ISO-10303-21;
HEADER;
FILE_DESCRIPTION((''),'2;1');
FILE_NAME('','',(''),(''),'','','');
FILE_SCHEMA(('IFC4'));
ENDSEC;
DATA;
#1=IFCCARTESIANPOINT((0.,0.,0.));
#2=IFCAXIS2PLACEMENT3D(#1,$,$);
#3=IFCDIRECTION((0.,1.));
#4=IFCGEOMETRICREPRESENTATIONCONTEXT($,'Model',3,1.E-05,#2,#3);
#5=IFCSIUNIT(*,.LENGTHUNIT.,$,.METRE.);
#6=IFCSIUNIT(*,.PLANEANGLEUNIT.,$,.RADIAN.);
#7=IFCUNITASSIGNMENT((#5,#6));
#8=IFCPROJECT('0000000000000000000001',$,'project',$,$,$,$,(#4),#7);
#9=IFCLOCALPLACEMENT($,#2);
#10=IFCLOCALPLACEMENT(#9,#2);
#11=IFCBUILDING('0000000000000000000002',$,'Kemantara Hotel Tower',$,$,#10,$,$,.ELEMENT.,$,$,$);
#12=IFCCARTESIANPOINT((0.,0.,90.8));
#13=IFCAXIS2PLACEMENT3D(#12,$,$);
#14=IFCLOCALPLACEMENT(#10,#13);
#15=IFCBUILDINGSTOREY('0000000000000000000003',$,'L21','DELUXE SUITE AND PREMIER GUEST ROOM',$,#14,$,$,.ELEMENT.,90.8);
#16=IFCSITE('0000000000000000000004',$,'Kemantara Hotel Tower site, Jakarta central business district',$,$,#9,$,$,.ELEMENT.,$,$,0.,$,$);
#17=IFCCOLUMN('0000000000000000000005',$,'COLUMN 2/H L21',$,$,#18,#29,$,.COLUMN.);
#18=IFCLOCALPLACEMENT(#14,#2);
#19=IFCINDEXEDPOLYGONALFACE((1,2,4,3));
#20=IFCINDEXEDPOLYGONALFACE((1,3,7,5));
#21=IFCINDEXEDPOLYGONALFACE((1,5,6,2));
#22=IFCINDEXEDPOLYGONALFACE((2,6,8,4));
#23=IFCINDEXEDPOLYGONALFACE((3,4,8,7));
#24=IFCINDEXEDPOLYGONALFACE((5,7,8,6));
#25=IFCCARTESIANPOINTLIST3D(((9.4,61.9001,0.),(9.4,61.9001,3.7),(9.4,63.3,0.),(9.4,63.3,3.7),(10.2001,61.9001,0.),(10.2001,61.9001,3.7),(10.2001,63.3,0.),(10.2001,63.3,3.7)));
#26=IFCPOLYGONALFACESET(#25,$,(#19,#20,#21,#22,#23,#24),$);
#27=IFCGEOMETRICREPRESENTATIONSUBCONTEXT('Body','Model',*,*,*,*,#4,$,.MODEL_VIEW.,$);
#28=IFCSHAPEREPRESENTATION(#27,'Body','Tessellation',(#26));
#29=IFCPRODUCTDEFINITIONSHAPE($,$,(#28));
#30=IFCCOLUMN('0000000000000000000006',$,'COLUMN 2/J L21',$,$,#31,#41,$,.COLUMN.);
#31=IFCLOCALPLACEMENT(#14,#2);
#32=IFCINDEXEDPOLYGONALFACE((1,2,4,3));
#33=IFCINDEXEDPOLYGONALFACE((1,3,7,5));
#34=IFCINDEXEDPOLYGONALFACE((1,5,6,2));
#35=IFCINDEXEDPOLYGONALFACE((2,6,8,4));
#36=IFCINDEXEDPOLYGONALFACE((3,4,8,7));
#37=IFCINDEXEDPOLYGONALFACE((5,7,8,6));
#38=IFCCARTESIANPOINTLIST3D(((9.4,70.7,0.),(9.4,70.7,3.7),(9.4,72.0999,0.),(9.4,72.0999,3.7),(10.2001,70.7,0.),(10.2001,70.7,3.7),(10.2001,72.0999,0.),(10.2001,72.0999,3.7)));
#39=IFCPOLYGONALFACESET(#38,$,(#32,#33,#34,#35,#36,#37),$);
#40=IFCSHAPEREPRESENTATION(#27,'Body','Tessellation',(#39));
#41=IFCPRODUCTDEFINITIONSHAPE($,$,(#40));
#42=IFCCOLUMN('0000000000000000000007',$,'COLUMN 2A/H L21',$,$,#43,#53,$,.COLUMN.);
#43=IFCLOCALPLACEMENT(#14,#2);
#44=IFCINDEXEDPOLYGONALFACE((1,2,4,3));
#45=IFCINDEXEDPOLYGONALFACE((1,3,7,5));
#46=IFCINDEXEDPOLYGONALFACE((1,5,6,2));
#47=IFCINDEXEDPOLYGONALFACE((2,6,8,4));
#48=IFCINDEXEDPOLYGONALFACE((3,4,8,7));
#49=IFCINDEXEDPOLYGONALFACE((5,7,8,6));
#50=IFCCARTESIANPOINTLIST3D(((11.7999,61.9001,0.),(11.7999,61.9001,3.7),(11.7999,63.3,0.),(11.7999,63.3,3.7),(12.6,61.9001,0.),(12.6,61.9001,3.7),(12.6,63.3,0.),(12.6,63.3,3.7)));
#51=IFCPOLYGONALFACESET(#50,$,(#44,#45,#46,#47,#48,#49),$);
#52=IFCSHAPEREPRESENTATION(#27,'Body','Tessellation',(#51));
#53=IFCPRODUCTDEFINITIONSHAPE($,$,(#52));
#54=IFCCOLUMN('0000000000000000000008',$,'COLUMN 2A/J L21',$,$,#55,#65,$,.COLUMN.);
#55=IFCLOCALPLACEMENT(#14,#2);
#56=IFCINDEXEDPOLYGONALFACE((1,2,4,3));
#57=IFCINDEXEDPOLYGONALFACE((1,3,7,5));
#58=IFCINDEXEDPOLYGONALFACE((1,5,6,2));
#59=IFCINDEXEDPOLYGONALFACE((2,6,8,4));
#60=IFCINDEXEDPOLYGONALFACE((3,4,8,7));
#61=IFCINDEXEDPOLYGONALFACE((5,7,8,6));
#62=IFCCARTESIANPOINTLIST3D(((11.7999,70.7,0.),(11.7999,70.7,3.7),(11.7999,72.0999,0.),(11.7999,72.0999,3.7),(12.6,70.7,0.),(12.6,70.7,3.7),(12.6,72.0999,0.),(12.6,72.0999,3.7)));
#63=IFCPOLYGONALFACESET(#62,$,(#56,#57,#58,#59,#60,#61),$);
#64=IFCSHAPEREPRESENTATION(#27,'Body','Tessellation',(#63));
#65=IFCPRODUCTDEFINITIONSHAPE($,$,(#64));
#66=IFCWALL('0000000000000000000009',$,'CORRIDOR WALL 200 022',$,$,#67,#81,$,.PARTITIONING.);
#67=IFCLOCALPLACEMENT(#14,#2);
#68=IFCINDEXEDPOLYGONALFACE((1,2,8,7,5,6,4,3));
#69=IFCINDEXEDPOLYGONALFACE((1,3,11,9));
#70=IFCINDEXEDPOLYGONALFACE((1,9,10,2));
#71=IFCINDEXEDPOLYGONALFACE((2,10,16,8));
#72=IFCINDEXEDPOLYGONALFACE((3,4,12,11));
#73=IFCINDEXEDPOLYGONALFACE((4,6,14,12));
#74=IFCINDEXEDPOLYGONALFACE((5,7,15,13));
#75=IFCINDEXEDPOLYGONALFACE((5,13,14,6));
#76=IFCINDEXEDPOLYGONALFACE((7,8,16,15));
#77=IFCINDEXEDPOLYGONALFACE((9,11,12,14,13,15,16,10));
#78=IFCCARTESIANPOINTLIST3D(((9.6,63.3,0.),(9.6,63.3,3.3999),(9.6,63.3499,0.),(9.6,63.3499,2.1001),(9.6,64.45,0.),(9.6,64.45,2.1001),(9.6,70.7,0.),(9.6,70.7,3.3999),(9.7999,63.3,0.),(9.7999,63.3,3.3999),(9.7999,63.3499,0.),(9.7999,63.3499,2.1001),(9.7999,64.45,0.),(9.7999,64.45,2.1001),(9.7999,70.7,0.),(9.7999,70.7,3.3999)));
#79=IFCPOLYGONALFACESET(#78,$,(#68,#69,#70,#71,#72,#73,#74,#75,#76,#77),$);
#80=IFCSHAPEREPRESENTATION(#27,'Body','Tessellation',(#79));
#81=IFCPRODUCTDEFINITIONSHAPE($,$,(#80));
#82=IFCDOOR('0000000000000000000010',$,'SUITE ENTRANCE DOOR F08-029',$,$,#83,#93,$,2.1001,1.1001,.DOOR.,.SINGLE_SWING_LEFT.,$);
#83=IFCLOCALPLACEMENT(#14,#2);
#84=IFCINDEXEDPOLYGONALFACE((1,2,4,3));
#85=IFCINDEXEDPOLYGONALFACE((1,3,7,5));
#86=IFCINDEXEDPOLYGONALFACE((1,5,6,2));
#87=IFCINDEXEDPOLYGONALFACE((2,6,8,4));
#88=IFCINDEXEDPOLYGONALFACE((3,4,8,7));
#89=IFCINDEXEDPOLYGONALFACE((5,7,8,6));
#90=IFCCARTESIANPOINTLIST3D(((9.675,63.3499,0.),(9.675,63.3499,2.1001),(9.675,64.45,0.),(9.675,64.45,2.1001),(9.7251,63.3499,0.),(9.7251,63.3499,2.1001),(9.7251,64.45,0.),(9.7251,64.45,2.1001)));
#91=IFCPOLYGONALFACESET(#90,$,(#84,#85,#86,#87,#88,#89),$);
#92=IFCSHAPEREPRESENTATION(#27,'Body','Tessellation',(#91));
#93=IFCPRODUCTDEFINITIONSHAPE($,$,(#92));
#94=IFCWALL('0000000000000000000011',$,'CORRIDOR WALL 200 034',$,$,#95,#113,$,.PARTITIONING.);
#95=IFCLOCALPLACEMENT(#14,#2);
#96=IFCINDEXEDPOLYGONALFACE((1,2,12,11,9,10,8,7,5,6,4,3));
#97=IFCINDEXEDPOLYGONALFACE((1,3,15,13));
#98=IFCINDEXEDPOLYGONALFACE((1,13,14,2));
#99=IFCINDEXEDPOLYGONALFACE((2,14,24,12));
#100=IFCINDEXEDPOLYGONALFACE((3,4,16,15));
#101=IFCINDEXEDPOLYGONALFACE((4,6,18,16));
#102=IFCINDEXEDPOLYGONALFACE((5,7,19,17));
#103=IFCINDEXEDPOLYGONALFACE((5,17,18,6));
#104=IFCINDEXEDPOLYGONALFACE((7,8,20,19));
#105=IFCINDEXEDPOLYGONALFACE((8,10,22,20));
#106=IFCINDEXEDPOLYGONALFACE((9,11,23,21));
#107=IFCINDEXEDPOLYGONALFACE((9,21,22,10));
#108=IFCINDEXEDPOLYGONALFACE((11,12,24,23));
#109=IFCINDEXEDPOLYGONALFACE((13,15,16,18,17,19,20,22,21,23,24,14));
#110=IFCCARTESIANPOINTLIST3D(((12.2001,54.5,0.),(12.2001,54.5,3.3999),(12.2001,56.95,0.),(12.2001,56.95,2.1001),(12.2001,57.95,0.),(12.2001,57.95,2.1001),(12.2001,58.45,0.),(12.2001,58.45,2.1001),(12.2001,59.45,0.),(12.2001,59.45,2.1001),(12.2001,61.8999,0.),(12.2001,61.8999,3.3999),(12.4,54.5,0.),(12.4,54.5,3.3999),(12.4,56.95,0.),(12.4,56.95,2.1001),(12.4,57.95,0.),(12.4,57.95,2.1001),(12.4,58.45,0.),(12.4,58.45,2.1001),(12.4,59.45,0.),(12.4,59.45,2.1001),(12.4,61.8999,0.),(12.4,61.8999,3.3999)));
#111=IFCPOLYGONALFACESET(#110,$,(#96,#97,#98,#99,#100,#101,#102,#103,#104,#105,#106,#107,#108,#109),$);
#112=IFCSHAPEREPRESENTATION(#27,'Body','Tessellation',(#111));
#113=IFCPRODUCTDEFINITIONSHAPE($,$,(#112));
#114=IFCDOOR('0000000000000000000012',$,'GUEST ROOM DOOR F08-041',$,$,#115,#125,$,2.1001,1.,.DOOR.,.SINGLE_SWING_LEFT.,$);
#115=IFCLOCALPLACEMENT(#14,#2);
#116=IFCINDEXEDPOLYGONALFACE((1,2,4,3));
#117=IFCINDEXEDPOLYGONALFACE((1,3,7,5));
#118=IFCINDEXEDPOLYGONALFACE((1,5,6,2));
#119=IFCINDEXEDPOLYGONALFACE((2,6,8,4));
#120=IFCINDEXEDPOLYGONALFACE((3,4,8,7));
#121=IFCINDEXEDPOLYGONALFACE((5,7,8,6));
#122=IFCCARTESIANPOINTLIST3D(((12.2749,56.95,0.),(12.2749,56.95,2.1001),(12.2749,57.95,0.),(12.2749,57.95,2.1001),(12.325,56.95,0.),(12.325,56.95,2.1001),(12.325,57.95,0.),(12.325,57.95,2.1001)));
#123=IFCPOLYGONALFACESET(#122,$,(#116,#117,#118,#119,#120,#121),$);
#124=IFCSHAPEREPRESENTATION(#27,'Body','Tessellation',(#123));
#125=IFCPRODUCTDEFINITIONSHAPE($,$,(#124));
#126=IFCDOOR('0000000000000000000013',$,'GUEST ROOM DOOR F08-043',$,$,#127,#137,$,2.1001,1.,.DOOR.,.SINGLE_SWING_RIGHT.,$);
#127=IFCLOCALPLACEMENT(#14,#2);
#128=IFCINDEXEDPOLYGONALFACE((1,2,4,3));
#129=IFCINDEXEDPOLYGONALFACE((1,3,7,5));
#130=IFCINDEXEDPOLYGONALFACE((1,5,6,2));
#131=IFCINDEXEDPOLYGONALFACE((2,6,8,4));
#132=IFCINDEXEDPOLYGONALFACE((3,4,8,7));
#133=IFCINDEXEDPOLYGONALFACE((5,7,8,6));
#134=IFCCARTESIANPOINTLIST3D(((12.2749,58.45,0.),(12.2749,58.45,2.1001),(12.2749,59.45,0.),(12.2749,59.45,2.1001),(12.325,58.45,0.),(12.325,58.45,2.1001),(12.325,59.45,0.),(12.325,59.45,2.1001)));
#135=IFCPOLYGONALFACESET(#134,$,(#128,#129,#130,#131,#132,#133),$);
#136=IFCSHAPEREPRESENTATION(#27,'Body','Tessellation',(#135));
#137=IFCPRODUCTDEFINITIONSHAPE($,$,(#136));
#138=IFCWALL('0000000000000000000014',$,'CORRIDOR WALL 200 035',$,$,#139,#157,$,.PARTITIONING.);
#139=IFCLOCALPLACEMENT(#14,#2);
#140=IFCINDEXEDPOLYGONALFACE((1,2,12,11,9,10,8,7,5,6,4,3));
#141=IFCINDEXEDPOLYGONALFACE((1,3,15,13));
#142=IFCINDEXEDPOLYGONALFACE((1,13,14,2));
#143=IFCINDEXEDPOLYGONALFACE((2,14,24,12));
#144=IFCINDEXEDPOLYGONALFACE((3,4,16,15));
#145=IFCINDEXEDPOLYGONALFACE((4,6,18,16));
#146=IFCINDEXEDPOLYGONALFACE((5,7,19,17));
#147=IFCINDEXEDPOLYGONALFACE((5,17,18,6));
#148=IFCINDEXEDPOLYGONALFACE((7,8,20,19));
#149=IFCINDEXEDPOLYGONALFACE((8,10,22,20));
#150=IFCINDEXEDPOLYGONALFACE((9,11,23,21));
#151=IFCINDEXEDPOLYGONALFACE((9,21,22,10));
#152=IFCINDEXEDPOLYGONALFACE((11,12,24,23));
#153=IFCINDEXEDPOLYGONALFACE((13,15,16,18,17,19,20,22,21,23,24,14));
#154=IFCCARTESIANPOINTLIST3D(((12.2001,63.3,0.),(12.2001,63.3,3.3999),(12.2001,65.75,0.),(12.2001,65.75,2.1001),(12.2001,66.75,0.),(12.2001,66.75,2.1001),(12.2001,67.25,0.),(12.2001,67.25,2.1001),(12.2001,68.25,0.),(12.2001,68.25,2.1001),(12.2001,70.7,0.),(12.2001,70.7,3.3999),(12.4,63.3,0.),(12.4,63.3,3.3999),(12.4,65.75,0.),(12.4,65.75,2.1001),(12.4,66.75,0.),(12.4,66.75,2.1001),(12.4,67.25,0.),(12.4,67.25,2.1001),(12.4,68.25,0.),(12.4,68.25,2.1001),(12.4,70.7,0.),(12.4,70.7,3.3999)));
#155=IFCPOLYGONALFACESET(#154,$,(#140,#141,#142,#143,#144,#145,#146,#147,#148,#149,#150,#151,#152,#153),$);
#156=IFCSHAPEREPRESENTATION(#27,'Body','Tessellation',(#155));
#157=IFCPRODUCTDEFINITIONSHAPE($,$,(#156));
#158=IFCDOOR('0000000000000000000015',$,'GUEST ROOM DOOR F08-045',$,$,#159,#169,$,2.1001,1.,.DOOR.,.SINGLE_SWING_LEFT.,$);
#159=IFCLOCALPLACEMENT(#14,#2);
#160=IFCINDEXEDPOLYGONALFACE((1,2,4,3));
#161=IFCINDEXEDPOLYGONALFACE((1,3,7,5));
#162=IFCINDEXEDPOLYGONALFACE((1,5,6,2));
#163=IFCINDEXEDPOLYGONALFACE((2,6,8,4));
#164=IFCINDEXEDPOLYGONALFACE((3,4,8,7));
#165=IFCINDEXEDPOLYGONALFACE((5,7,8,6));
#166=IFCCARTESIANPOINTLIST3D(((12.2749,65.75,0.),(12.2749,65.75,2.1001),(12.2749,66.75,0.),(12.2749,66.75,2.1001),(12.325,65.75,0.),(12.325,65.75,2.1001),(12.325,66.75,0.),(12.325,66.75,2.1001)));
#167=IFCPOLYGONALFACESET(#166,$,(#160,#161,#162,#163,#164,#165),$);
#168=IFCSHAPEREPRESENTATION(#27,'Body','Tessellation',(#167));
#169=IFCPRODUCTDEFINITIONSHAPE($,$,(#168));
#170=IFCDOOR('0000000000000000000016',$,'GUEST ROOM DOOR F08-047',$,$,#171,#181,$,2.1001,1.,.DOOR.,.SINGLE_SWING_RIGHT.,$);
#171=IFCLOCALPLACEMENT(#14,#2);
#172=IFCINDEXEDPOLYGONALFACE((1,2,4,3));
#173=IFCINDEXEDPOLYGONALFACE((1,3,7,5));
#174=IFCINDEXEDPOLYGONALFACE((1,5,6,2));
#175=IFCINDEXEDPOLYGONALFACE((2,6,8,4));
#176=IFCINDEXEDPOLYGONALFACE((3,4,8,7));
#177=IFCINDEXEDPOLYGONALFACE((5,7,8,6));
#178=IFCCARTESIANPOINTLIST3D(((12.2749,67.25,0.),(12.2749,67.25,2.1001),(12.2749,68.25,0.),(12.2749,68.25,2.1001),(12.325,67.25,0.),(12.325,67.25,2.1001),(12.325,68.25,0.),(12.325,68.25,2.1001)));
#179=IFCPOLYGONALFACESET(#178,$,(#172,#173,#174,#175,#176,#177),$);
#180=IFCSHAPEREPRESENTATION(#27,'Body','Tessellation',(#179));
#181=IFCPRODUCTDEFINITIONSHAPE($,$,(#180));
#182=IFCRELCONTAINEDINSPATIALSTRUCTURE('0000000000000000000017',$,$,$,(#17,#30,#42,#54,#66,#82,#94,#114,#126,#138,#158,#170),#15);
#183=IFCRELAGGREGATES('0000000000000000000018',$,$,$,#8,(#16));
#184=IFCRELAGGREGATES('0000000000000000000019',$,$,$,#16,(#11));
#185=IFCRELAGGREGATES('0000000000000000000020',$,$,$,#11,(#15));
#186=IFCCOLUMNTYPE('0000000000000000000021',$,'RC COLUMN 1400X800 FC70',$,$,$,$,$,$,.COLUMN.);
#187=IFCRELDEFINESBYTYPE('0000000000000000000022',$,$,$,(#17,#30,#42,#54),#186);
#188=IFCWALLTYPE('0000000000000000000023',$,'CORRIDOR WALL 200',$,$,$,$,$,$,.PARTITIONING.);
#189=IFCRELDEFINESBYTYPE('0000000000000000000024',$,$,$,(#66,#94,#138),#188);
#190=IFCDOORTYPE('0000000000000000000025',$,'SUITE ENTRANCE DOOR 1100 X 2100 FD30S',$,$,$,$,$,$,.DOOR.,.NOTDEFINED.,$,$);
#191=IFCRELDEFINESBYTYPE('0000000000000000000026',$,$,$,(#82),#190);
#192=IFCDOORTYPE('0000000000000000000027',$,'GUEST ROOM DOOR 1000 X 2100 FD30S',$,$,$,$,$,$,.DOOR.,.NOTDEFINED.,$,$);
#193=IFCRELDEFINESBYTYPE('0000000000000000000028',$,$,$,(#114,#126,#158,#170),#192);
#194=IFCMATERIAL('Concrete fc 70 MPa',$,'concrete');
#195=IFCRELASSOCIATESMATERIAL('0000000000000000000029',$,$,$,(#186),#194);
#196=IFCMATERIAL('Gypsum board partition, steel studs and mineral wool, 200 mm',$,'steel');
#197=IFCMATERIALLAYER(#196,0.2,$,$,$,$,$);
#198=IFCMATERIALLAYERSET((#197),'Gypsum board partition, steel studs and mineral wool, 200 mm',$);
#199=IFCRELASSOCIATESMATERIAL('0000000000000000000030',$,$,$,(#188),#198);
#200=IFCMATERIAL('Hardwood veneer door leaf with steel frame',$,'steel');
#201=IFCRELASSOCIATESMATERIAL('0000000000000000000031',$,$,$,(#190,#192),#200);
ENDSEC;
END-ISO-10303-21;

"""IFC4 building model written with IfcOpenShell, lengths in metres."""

from ifc_helpers import new_model, si_unit, direction, frame, frame_2d, origin, origin_2d, place, context, subcontext, project, spatial, rectangle, extrude, material, layer, layer_set, material_profile, profile_set, type_object, element, fill, save


model = new_model("IFC4")

# Units and contexts
model_context = context("Model", 3, precision=1e-05, world=origin(), true_north=direction((0.0, 1.0)))
body_context = subcontext(model_context, "Body", "Model", "MODEL_VIEW")
ifc_project = project(units=[si_unit("LENGTHUNIT", "METRE"), si_unit("PLANEANGLEUNIT", "RADIAN")], contexts=[model_context])

# Site, building, storey
site_placement = place(None, origin())
site = spatial("IfcSite", under=ifc_project, at=site_placement, Name="Kemantara Hotel Tower site, Jakarta central business district", CompositionType="ELEMENT", RefElevation=0.0)
building_placement = place(site_placement, origin())
building = spatial("IfcBuilding", under=site, at=building_placement, Name="Kemantara Hotel Tower", CompositionType="ELEMENT")
storey_placement = place(building_placement, frame((0.0, 0.0, 90.8)))
storey = spatial("IfcBuildingStorey", under=building, at=storey_placement, Name="L21", Description="DELUXE SUITE AND PREMIER GUEST ROOM", CompositionType="ELEMENT", Elevation=90.8)

# Columns
ifc_material_1 = material(Name="Concrete fc 70 MPa", Category="concrete")
ifc_material_profile = material_profile(ifc_material_1, rectangle(XDim=1.3999, YDim=0.8, at=origin_2d()), Name="RC 1400X800")
ifc_profile_set = profile_set([ifc_material_profile], Name="Concrete fc 70 MPa")
column_type = type_object("IfcColumnType", Name="RC COLUMN 1400X800 FC70", PredefinedType="COLUMN", material=ifc_profile_set)
for number, where, z_axis, x_axis, name in (
    (1, (9.8, 62.6001, 0.0), (0.0, 0.0, 1.0), (0.0, 1.0, 0.0), "COLUMN 2/H L21"),
    (2, (9.8, 71.3999, 0.0), (0.0, 0.0, 1.0), (0.0, 1.0, 0.0), "COLUMN 2/J L21"),
    (3, (12.2, 62.6001, 0.0), (0.0, 0.0, 1.0), (0.0, 1.0, 0.0), "COLUMN 2A/H L21"),
    (4, (12.2, 71.3999, 0.0), (0.0, 0.0, 1.0), (0.0, 1.0, 0.0), "COLUMN 2A/J L21"),
):
    element("IfcColumn", number, at=place(storey_placement, frame(where, z_axis=z_axis, x_axis=x_axis)), inside=storey, type_object=column_type, Name=name, PredefinedType="COLUMN", context=body_context, shape_type="SweptSolid", body=[
        extrude(rectangle(XDim=1.3999, YDim=0.8, at=origin_2d()), origin(), (0.0, 0.0, 1.0), 3.7),
    ])

# Wall, opening, door
ifc_material_2 = material(Name="Gypsum board partition, steel studs and mineral wool, 200 mm", Category="steel")
ifc_layer_1 = layer(ifc_material_2, 0.2)
ifc_layer_set_1 = layer_set([ifc_layer_1], Name="Gypsum board partition, steel studs and mineral wool, 200 mm")
wall_type_1 = type_object("IfcWallType", Name="CORRIDOR WALL 200", PredefinedType="PARTITIONING", material=ifc_layer_set_1)
wall_1_placement = place(storey_placement, frame((9.7, 63.3, 0.0), z_axis=(0.0, 0.0, 1.0), x_axis=(0.0, 1.0, 0.0)))
wall_1 = element("IfcWall", 5, at=wall_1_placement, inside=storey, type_object=wall_type_1, Name="CORRIDOR WALL 200 022", PredefinedType="PARTITIONING", context=body_context, shape_type="SweptSolid", body=[
    extrude(rectangle(XDim=7.3999, YDim=0.2, at=frame_2d((3.7, 0.0))), origin(), (0.0, 0.0, 1.0), 3.3999),
])
opening_1_placement = place(wall_1_placement, frame((0.0498, 0.0, 0.0)))
opening_1 = element("IfcOpeningElement", 6, at=opening_1_placement, cuts=wall_1, PredefinedType="OPENING", context=body_context, shape_type="SweptSolid", body=[
    extrude(rectangle(XDim=1.1001, YDim=2.1001, at=frame_2d((0.55, 1.05))), frame((0.0, 0.1099, 0.0), z_axis=(0.0, -1.0, 0.0), x_axis=(1.0, 0.0, 0.0)), (0.0, 0.0, 1.0), 0.22),
])
ifc_material_3 = material(Name="Hardwood veneer door leaf with steel frame", Category="steel")
door_type_1 = type_object("IfcDoorType", Name="SUITE ENTRANCE DOOR 1100 X 2100 FD30S", OperationType="NOTDEFINED", PredefinedType="DOOR", material=ifc_material_3)
door_1_placement = place(opening_1_placement, origin())
door_1 = element("IfcDoor", 7, at=door_1_placement, inside=storey, type_object=door_type_1, Name="SUITE ENTRANCE DOOR F08-029", OperationType="SINGLE_SWING_LEFT", OverallHeight=2.1001, OverallWidth=1.1001, PredefinedType="DOOR", context=body_context, shape_type="SweptSolid", body=[
    extrude(rectangle(XDim=1.1001, YDim=2.1001, at=frame_2d((0.55, 1.05))), frame((0.0, 0.0249, 0.0), z_axis=(0.0, -1.0, 0.0), x_axis=(1.0, 0.0, 0.0)), (0.0, 0.0, 1.0), 0.05),
])
fill(opening_1, door_1)

# Walls, openings, doors
wall_2_placement = place(storey_placement, frame((12.3, 61.8999, 0.0), z_axis=(0.0, 0.0, 1.0), x_axis=(0.0, -1.0, 0.0)))
wall_2 = element("IfcWall", 8, at=wall_2_placement, inside=storey, type_object=wall_type_1, Name="CORRIDOR WALL 200 034", PredefinedType="PARTITIONING", context=body_context, shape_type="SweptSolid", body=[
    extrude(rectangle(XDim=7.3999, YDim=0.2, at=frame_2d((3.7, 0.0))), origin(), (0.0, 0.0, 1.0), 3.3999),
])
opening_2_placement = place(wall_2_placement, frame((3.95, 0.0, 0.0)))
opening_2 = element("IfcOpeningElement", 9, at=opening_2_placement, cuts=wall_2, PredefinedType="OPENING", context=body_context, shape_type="SweptSolid", body=[
    extrude(rectangle(XDim=1.0, YDim=2.1001, at=frame_2d((0.5, 1.05))), frame((0.0, 0.1099, 0.0), z_axis=(0.0, -1.0, 0.0), x_axis=(1.0, 0.0, 0.0)), (0.0, 0.0, 1.0), 0.22),
])
opening_3_placement = place(wall_2_placement, frame((2.45, 0.0, 0.0)))
opening_3 = element("IfcOpeningElement", 10, at=opening_3_placement, cuts=wall_2, PredefinedType="OPENING", context=body_context, shape_type="SweptSolid", body=[
    extrude(rectangle(XDim=1.0, YDim=2.1001, at=frame_2d((0.5, 1.05))), frame((0.0, 0.1099, 0.0), z_axis=(0.0, -1.0, 0.0), x_axis=(1.0, 0.0, 0.0)), (0.0, 0.0, 1.0), 0.22),
])
door_type_2 = type_object("IfcDoorType", Name="GUEST ROOM DOOR 1000 X 2100 FD30S", OperationType="NOTDEFINED", PredefinedType="DOOR", material=ifc_material_3)
door_2_placement = place(opening_2_placement, origin())
door_2 = element("IfcDoor", 11, at=door_2_placement, inside=storey, type_object=door_type_2, Name="GUEST ROOM DOOR F08-041", OperationType="SINGLE_SWING_LEFT", OverallHeight=2.1001, OverallWidth=1.0, PredefinedType="DOOR", context=body_context, shape_type="SweptSolid", body=[
    extrude(rectangle(XDim=1.0, YDim=2.1001, at=frame_2d((0.5, 1.05))), frame((0.0, 0.0249, 0.0), z_axis=(0.0, -1.0, 0.0), x_axis=(1.0, 0.0, 0.0)), (0.0, 0.0, 1.0), 0.05),
])
fill(opening_2, door_2)
door_3_placement = place(opening_3_placement, origin())
door_3 = element("IfcDoor", 12, at=door_3_placement, inside=storey, type_object=door_type_2, Name="GUEST ROOM DOOR F08-043", OperationType="SINGLE_SWING_RIGHT", OverallHeight=2.1001, OverallWidth=1.0, PredefinedType="DOOR", context=body_context, shape_type="SweptSolid", body=[
    extrude(rectangle(XDim=1.0, YDim=2.1001, at=frame_2d((0.5, 1.05))), frame((0.0, 0.0249, 0.0), z_axis=(0.0, -1.0, 0.0), x_axis=(1.0, 0.0, 0.0)), (0.0, 0.0, 1.0), 0.05),
])
fill(opening_3, door_3)
wall_3_placement = place(storey_placement, frame((12.3, 70.7, 0.0), z_axis=(0.0, 0.0, 1.0), x_axis=(0.0, -1.0, 0.0)))
wall_3 = element("IfcWall", 13, at=wall_3_placement, inside=storey, type_object=wall_type_1, Name="CORRIDOR WALL 200 035", PredefinedType="PARTITIONING", context=body_context, shape_type="SweptSolid", body=[
    extrude(rectangle(XDim=7.3999, YDim=0.2, at=frame_2d((3.7, 0.0))), origin(), (0.0, 0.0, 1.0), 3.3999),
])
opening_4_placement = place(wall_3_placement, frame((3.95, 0.0, 0.0)))
opening_4 = element("IfcOpeningElement", 14, at=opening_4_placement, cuts=wall_3, PredefinedType="OPENING", context=body_context, shape_type="SweptSolid", body=[
    extrude(rectangle(XDim=1.0, YDim=2.1001, at=frame_2d((0.5, 1.05))), frame((0.0, 0.1099, 0.0), z_axis=(0.0, -1.0, 0.0), x_axis=(1.0, 0.0, 0.0)), (0.0, 0.0, 1.0), 0.22),
])
opening_5_placement = place(wall_3_placement, frame((2.45, 0.0, 0.0)))
opening_5 = element("IfcOpeningElement", 15, at=opening_5_placement, cuts=wall_3, PredefinedType="OPENING", context=body_context, shape_type="SweptSolid", body=[
    extrude(rectangle(XDim=1.0, YDim=2.1001, at=frame_2d((0.5, 1.05))), frame((0.0, 0.1099, 0.0), z_axis=(0.0, -1.0, 0.0), x_axis=(1.0, 0.0, 0.0)), (0.0, 0.0, 1.0), 0.22),
])
door_4_placement = place(opening_4_placement, origin())
door_4 = element("IfcDoor", 16, at=door_4_placement, inside=storey, type_object=door_type_2, Name="GUEST ROOM DOOR F08-045", OperationType="SINGLE_SWING_LEFT", OverallHeight=2.1001, OverallWidth=1.0, PredefinedType="DOOR", context=body_context, shape_type="SweptSolid", body=[
    extrude(rectangle(XDim=1.0, YDim=2.1001, at=frame_2d((0.5, 1.05))), frame((0.0, 0.0249, 0.0), z_axis=(0.0, -1.0, 0.0), x_axis=(1.0, 0.0, 0.0)), (0.0, 0.0, 1.0), 0.05),
])
fill(opening_4, door_4)
door_5_placement = place(opening_5_placement, origin())
door_5 = element("IfcDoor", 17, at=door_5_placement, inside=storey, type_object=door_type_2, Name="GUEST ROOM DOOR F08-047", OperationType="SINGLE_SWING_RIGHT", OverallHeight=2.1001, OverallWidth=1.0, PredefinedType="DOOR", context=body_context, shape_type="SweptSolid", body=[
    extrude(rectangle(XDim=1.0, YDim=2.1001, at=frame_2d((0.5, 1.05))), frame((0.0, 0.0249, 0.0), z_axis=(0.0, -1.0, 0.0), x_axis=(1.0, 0.0, 0.0)), (0.0, 0.0, 1.0), 0.05),
])
fill(opening_5, door_5)

save(model, "model.ifc")
